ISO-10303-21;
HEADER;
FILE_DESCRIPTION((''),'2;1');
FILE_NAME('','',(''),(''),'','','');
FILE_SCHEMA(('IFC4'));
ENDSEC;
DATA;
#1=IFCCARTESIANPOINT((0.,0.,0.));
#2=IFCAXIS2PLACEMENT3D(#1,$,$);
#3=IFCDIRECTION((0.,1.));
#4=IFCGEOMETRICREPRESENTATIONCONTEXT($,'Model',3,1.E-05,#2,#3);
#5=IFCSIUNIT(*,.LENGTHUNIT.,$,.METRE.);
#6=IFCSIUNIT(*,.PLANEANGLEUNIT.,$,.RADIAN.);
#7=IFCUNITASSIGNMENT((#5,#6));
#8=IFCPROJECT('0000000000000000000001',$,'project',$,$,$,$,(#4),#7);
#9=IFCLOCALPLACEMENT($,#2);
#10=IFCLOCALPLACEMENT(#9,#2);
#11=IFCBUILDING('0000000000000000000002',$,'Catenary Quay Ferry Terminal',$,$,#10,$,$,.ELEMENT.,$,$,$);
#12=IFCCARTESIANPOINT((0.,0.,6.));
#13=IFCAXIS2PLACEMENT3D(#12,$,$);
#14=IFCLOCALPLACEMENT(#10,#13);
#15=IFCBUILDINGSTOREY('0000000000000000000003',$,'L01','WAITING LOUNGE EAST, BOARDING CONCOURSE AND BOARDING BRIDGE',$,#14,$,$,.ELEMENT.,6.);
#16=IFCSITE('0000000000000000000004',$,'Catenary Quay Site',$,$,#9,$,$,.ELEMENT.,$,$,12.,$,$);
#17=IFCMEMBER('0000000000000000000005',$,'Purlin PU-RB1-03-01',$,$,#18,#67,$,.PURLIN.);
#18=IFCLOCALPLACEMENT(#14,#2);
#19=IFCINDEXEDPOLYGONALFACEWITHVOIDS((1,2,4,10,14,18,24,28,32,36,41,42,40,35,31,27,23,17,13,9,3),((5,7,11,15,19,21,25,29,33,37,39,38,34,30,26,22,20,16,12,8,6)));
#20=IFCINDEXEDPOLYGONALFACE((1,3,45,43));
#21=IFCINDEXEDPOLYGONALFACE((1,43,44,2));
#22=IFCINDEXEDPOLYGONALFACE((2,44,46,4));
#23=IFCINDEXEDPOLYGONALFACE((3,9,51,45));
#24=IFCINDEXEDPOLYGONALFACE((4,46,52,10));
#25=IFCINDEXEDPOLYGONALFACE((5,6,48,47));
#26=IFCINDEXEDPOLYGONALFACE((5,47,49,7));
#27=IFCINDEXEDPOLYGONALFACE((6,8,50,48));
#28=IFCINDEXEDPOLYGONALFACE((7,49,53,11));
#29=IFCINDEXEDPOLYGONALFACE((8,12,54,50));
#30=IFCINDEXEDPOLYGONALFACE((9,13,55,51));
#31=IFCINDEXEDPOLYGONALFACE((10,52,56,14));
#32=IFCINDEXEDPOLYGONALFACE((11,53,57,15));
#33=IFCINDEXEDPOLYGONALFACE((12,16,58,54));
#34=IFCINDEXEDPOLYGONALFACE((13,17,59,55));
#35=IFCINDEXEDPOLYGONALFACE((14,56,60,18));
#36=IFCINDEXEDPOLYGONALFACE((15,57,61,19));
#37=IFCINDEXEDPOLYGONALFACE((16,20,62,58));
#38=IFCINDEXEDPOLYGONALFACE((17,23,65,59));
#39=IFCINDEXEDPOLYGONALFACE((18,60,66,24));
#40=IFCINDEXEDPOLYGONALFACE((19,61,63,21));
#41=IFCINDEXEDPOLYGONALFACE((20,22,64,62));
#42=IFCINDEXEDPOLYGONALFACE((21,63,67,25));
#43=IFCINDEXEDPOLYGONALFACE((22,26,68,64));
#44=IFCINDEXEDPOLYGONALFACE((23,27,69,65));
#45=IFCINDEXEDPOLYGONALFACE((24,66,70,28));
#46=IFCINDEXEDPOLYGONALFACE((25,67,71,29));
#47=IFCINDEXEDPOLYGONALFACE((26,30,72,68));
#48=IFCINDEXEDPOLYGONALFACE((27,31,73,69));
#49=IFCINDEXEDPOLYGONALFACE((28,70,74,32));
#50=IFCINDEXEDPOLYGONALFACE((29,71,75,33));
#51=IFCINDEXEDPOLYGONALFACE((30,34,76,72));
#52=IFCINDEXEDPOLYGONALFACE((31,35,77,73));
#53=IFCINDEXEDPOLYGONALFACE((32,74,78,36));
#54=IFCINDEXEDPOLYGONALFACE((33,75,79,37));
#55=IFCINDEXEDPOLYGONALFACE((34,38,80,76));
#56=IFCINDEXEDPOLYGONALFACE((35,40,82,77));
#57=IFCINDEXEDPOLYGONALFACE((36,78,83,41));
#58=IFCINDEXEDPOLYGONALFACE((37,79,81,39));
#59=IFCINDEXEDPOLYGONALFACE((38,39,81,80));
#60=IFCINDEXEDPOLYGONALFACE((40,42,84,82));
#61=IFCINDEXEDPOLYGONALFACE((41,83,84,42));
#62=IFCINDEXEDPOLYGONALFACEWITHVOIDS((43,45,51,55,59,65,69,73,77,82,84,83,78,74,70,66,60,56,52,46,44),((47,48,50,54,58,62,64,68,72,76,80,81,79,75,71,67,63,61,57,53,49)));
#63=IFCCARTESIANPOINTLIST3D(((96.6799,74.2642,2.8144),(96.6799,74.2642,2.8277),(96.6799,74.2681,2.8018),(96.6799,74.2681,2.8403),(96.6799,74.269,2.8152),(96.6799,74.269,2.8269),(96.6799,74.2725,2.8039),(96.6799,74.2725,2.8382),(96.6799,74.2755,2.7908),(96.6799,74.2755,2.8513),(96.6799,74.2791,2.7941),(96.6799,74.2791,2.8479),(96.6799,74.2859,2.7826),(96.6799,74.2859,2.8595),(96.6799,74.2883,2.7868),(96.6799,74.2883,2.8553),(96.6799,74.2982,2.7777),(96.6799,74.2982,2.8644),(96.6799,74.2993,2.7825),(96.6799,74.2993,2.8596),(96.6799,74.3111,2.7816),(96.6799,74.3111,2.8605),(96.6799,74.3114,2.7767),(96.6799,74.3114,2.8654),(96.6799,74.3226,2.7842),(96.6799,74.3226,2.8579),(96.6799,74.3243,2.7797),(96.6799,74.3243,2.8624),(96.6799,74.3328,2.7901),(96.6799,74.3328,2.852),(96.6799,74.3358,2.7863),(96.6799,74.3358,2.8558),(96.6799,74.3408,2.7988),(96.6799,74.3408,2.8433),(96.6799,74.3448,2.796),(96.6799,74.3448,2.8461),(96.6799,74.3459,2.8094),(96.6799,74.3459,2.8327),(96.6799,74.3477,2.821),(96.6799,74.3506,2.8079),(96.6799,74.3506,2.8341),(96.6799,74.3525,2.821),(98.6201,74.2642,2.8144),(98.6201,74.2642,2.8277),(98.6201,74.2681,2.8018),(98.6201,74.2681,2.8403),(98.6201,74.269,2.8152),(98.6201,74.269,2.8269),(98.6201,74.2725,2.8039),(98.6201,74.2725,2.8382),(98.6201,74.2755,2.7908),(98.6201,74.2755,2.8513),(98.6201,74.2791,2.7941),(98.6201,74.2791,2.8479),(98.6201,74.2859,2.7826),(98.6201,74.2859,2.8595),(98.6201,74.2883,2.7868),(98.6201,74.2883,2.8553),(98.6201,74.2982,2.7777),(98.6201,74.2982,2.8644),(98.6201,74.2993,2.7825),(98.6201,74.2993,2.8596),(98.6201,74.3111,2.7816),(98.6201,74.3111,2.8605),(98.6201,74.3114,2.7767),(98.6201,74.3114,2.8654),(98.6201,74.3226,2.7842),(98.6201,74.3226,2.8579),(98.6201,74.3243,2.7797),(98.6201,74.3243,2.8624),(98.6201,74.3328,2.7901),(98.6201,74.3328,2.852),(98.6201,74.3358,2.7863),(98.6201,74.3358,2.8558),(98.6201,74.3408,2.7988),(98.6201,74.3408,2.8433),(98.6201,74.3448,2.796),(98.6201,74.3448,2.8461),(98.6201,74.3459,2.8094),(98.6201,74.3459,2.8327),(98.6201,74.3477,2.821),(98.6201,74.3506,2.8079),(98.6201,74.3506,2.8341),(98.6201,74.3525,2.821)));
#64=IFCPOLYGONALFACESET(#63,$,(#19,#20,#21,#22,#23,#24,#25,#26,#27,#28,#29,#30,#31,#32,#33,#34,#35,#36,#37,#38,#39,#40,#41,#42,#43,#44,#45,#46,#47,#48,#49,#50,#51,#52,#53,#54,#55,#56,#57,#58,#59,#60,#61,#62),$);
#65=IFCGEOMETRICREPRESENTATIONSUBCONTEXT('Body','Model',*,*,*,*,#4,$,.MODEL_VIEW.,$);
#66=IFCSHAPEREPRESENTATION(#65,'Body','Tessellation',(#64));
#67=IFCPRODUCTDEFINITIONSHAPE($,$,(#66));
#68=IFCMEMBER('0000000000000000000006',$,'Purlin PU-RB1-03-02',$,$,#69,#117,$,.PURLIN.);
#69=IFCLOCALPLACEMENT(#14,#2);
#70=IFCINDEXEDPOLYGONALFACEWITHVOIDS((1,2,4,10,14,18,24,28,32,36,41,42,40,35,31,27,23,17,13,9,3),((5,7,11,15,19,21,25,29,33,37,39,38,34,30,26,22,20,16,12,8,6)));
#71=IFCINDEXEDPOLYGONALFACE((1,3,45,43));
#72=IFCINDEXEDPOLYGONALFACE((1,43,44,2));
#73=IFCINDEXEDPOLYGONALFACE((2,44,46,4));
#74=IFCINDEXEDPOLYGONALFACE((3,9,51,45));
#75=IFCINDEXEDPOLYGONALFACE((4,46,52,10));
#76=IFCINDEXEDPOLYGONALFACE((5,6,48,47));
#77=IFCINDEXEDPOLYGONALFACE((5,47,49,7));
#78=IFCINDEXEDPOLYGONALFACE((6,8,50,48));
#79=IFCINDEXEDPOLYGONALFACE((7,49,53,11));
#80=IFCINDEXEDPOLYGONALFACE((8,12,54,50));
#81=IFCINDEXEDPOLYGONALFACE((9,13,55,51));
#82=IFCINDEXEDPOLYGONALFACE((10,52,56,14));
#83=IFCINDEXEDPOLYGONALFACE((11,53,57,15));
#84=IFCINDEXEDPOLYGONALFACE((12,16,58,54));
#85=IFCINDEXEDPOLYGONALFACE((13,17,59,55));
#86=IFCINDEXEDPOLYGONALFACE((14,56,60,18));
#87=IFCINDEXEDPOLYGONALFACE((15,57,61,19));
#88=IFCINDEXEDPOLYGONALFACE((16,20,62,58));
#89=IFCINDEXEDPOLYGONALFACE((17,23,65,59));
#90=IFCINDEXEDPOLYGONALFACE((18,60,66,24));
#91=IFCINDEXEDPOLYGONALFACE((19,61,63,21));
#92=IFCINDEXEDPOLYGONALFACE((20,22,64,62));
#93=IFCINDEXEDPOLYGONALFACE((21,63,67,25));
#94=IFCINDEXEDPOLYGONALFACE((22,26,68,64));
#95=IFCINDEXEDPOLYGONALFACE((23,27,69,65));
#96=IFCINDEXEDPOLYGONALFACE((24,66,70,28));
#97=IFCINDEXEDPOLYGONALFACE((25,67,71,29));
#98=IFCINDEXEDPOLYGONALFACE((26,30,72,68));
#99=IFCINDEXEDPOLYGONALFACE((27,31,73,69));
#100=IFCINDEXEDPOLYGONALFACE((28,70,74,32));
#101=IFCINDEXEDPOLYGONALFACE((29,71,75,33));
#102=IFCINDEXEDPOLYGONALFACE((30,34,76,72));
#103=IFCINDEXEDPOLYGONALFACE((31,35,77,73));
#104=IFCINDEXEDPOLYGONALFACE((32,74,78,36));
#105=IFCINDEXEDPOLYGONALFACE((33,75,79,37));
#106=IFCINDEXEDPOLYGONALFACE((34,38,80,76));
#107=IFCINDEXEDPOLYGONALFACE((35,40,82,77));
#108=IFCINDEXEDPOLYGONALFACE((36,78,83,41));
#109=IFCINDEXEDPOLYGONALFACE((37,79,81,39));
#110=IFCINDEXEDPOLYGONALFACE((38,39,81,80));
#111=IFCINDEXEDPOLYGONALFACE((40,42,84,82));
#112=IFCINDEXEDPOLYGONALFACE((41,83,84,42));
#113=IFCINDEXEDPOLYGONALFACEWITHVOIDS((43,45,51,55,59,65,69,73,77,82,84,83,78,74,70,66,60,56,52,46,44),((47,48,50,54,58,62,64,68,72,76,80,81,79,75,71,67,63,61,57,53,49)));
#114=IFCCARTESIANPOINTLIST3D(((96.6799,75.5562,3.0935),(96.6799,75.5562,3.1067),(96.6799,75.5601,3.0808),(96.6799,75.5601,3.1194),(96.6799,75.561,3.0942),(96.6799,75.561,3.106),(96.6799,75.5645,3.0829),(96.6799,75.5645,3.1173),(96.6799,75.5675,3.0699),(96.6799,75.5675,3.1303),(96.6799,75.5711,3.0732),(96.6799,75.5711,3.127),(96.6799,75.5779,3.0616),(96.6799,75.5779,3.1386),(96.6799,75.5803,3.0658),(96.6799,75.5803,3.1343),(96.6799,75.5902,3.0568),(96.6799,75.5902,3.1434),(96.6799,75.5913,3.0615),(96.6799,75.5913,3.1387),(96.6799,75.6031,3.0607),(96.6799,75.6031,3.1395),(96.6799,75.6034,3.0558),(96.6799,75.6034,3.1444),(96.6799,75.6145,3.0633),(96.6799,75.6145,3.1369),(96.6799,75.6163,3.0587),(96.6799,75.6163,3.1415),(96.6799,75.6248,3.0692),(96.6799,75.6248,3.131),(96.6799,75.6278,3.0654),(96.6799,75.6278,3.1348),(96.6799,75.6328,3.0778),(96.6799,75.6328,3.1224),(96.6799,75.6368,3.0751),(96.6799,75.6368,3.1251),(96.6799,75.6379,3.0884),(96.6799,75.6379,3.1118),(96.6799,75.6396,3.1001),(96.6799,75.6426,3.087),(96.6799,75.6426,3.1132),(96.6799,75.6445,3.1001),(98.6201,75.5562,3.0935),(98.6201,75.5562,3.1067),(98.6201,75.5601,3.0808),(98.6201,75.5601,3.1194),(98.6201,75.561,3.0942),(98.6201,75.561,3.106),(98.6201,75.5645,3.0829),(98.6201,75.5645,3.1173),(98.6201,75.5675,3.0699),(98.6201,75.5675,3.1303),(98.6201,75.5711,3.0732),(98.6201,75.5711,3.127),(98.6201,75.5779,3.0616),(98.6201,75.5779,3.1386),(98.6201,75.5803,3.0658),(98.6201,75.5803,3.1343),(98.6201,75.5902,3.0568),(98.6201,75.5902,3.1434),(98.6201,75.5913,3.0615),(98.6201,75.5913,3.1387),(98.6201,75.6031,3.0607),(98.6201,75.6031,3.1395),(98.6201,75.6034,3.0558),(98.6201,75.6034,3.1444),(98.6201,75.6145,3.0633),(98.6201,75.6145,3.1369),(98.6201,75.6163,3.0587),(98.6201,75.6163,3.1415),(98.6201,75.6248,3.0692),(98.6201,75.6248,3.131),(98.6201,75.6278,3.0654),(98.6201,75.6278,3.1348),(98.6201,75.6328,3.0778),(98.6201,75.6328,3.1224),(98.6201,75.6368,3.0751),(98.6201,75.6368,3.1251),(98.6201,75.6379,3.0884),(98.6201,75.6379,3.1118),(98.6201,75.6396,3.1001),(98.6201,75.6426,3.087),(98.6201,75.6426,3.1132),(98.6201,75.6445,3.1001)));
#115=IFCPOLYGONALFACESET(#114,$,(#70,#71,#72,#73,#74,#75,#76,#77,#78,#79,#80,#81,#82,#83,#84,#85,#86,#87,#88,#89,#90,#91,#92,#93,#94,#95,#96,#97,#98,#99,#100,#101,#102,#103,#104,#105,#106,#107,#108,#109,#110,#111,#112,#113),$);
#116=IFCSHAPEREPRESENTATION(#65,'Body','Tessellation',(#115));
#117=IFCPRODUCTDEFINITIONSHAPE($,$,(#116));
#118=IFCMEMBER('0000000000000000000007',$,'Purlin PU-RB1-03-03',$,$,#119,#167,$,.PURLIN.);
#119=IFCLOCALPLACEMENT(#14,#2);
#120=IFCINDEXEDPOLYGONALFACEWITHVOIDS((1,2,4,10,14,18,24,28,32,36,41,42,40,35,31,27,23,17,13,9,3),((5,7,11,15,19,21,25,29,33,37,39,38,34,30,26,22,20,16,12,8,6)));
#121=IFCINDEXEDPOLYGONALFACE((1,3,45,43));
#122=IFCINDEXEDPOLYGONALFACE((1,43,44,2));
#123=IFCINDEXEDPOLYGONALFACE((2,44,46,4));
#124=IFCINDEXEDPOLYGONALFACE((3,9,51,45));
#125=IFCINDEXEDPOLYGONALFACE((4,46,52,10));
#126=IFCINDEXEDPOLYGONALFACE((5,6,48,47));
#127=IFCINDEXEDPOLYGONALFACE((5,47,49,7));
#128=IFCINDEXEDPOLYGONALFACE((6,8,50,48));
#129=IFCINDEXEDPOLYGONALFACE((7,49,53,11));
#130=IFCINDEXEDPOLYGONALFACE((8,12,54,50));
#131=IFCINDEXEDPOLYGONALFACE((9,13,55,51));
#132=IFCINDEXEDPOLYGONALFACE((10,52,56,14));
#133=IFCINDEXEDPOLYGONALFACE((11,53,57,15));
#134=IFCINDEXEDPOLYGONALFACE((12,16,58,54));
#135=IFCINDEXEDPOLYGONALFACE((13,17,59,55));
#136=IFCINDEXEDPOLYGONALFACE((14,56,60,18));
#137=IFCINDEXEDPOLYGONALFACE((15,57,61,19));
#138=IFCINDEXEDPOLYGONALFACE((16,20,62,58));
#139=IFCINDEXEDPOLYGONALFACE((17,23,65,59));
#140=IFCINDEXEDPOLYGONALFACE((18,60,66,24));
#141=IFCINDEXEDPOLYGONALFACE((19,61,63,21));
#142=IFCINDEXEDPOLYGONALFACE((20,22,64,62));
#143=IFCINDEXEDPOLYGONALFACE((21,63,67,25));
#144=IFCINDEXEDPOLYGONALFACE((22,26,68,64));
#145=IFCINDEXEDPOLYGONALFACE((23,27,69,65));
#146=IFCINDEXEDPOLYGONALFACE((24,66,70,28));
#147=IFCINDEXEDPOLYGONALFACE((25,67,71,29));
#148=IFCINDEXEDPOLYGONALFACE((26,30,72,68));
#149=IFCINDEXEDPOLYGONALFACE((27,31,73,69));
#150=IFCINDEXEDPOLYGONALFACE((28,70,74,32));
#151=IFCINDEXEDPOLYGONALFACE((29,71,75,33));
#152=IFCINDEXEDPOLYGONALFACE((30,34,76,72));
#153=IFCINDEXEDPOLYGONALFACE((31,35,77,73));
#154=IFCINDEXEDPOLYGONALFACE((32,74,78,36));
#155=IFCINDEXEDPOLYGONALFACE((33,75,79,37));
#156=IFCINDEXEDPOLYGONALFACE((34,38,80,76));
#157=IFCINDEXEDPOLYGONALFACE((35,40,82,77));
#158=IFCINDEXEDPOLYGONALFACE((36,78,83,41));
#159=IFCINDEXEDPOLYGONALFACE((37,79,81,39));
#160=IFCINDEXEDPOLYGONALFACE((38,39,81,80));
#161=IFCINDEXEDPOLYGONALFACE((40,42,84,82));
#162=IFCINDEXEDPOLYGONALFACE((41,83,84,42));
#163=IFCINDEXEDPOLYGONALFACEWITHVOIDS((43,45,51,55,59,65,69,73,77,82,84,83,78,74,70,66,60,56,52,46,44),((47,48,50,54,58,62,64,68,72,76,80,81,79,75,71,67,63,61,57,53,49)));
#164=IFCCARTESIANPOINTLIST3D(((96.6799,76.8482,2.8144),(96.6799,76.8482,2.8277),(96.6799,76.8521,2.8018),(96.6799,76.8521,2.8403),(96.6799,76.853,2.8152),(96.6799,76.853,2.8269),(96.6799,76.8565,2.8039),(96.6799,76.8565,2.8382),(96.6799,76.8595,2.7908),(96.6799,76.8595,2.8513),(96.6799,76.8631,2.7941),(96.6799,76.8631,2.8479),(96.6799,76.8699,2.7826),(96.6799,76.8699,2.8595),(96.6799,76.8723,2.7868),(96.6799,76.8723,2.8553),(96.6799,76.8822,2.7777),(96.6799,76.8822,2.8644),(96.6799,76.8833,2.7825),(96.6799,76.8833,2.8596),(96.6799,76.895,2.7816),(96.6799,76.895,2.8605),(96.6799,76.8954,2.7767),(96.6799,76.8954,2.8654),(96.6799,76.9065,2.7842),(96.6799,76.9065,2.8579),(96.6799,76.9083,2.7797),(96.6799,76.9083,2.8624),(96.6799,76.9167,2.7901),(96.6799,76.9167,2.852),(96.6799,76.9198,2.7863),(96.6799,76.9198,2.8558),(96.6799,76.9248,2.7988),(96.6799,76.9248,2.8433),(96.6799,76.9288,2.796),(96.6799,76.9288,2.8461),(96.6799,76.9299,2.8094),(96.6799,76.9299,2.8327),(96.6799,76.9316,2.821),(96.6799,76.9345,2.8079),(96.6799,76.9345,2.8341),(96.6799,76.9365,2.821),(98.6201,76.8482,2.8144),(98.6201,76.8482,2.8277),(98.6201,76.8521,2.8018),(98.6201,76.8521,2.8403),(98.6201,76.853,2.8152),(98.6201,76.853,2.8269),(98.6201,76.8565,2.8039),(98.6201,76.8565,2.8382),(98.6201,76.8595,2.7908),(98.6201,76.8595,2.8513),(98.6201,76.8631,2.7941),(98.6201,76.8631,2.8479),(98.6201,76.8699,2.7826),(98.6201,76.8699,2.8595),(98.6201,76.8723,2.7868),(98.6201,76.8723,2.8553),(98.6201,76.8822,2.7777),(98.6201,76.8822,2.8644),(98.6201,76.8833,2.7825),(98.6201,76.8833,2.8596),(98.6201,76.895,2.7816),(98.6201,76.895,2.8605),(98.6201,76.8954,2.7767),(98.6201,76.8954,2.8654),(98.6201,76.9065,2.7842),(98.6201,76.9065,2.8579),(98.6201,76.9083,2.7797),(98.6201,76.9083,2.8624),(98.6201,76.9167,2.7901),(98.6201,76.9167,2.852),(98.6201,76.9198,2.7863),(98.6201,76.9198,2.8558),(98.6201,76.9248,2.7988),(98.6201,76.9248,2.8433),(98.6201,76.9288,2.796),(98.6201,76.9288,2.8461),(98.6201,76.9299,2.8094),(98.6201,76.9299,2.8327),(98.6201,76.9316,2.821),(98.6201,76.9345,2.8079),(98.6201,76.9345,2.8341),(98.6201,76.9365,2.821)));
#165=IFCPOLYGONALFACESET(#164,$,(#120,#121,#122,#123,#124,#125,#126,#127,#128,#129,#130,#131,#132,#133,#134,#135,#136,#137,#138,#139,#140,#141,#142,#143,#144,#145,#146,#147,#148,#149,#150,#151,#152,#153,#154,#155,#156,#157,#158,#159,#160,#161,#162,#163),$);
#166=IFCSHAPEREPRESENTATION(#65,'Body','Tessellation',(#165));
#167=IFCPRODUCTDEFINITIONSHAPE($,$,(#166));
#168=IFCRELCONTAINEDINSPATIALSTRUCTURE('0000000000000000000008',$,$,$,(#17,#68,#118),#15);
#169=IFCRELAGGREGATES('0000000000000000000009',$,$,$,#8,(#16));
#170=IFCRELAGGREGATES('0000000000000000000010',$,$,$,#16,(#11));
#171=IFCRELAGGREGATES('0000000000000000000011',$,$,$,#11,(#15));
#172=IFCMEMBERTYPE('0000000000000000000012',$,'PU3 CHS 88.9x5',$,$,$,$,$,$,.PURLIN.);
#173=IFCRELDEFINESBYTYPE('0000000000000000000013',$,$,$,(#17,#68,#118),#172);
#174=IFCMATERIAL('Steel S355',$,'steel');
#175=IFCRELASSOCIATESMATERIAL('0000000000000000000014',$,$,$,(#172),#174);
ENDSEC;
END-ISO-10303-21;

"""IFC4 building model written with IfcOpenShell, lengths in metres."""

from ifc_helpers import new_model, si_unit, direction, frame, origin, origin_2d, place, context, subcontext, project, spatial, hollow_circle, extrude, material, material_profile, profile_set, type_object, element, save


model = new_model("IFC4")

# Units and contexts
model_context = context("Model", 3, precision=1e-05, world=origin(), true_north=direction((0.0, 1.0)))
body_context = subcontext(model_context, "Body", "Model", "MODEL_VIEW")
ifc_project = project(units=[si_unit("LENGTHUNIT", "METRE"), si_unit("PLANEANGLEUNIT", "RADIAN")], contexts=[model_context])

# Site, building, storey
site_placement = place(None, origin())
site = spatial("IfcSite", under=ifc_project, at=site_placement, Name="Catenary Quay Site", CompositionType="ELEMENT", RefElevation=12.0)
building_placement = place(site_placement, origin())
building = spatial("IfcBuilding", under=site, at=building_placement, Name="Catenary Quay Ferry Terminal", CompositionType="ELEMENT")
storey_placement = place(building_placement, frame((0.0, 0.0, 6.0)))
storey = spatial("IfcBuildingStorey", under=building, at=storey_placement, Name="L01", Description="WAITING LOUNGE EAST, BOARDING CONCOURSE AND BOARDING BRIDGE", CompositionType="ELEMENT", Elevation=6.0)

# Members
ifc_material_1 = material(Name="Steel S355", Category="steel")
ifc_material_profile_1 = material_profile(ifc_material_1, hollow_circle(Radius=0.0444, WallThickness=0.0049, at=origin_2d()), Name="CHS 88.9x5")
ifc_profile_set_1 = profile_set([ifc_material_profile_1], Name="Steel S355")
member_type_1 = type_object("IfcMemberType", Name="PU3 CHS 88.9x5", PredefinedType="PURLIN", material=ifc_profile_set_1)
for number, where, z_axis, x_axis, name in (
    (1, (96.6799, 74.3081, 2.821), (1.0, 0.0, 0.0), (0.0, 1.0, 0.0), "Purlin PU-RB1-03-01"),
    (2, (96.6799, 75.6001, 3.1001), (1.0, 0.0, 0.0), (0.0, 1.0, 0.0), "Purlin PU-RB1-03-02"),
    (3, (96.6799, 76.8921, 2.821), (1.0, 0.0, 0.0), (0.0, 1.0, 0.0), "Purlin PU-RB1-03-03"),
):
    element("IfcMember", number, at=place(storey_placement, frame(where, z_axis=z_axis, x_axis=x_axis)), inside=storey, type_object=member_type_1, Name=name, PredefinedType="PURLIN", context=body_context, shape_type="SweptSolid", body=[
        extrude(hollow_circle(Radius=0.0444, WallThickness=0.0049, at=origin_2d()), origin(), (0.0, 0.0, 1.0), 1.9402),
    ])

save(model, "model.ifc")
